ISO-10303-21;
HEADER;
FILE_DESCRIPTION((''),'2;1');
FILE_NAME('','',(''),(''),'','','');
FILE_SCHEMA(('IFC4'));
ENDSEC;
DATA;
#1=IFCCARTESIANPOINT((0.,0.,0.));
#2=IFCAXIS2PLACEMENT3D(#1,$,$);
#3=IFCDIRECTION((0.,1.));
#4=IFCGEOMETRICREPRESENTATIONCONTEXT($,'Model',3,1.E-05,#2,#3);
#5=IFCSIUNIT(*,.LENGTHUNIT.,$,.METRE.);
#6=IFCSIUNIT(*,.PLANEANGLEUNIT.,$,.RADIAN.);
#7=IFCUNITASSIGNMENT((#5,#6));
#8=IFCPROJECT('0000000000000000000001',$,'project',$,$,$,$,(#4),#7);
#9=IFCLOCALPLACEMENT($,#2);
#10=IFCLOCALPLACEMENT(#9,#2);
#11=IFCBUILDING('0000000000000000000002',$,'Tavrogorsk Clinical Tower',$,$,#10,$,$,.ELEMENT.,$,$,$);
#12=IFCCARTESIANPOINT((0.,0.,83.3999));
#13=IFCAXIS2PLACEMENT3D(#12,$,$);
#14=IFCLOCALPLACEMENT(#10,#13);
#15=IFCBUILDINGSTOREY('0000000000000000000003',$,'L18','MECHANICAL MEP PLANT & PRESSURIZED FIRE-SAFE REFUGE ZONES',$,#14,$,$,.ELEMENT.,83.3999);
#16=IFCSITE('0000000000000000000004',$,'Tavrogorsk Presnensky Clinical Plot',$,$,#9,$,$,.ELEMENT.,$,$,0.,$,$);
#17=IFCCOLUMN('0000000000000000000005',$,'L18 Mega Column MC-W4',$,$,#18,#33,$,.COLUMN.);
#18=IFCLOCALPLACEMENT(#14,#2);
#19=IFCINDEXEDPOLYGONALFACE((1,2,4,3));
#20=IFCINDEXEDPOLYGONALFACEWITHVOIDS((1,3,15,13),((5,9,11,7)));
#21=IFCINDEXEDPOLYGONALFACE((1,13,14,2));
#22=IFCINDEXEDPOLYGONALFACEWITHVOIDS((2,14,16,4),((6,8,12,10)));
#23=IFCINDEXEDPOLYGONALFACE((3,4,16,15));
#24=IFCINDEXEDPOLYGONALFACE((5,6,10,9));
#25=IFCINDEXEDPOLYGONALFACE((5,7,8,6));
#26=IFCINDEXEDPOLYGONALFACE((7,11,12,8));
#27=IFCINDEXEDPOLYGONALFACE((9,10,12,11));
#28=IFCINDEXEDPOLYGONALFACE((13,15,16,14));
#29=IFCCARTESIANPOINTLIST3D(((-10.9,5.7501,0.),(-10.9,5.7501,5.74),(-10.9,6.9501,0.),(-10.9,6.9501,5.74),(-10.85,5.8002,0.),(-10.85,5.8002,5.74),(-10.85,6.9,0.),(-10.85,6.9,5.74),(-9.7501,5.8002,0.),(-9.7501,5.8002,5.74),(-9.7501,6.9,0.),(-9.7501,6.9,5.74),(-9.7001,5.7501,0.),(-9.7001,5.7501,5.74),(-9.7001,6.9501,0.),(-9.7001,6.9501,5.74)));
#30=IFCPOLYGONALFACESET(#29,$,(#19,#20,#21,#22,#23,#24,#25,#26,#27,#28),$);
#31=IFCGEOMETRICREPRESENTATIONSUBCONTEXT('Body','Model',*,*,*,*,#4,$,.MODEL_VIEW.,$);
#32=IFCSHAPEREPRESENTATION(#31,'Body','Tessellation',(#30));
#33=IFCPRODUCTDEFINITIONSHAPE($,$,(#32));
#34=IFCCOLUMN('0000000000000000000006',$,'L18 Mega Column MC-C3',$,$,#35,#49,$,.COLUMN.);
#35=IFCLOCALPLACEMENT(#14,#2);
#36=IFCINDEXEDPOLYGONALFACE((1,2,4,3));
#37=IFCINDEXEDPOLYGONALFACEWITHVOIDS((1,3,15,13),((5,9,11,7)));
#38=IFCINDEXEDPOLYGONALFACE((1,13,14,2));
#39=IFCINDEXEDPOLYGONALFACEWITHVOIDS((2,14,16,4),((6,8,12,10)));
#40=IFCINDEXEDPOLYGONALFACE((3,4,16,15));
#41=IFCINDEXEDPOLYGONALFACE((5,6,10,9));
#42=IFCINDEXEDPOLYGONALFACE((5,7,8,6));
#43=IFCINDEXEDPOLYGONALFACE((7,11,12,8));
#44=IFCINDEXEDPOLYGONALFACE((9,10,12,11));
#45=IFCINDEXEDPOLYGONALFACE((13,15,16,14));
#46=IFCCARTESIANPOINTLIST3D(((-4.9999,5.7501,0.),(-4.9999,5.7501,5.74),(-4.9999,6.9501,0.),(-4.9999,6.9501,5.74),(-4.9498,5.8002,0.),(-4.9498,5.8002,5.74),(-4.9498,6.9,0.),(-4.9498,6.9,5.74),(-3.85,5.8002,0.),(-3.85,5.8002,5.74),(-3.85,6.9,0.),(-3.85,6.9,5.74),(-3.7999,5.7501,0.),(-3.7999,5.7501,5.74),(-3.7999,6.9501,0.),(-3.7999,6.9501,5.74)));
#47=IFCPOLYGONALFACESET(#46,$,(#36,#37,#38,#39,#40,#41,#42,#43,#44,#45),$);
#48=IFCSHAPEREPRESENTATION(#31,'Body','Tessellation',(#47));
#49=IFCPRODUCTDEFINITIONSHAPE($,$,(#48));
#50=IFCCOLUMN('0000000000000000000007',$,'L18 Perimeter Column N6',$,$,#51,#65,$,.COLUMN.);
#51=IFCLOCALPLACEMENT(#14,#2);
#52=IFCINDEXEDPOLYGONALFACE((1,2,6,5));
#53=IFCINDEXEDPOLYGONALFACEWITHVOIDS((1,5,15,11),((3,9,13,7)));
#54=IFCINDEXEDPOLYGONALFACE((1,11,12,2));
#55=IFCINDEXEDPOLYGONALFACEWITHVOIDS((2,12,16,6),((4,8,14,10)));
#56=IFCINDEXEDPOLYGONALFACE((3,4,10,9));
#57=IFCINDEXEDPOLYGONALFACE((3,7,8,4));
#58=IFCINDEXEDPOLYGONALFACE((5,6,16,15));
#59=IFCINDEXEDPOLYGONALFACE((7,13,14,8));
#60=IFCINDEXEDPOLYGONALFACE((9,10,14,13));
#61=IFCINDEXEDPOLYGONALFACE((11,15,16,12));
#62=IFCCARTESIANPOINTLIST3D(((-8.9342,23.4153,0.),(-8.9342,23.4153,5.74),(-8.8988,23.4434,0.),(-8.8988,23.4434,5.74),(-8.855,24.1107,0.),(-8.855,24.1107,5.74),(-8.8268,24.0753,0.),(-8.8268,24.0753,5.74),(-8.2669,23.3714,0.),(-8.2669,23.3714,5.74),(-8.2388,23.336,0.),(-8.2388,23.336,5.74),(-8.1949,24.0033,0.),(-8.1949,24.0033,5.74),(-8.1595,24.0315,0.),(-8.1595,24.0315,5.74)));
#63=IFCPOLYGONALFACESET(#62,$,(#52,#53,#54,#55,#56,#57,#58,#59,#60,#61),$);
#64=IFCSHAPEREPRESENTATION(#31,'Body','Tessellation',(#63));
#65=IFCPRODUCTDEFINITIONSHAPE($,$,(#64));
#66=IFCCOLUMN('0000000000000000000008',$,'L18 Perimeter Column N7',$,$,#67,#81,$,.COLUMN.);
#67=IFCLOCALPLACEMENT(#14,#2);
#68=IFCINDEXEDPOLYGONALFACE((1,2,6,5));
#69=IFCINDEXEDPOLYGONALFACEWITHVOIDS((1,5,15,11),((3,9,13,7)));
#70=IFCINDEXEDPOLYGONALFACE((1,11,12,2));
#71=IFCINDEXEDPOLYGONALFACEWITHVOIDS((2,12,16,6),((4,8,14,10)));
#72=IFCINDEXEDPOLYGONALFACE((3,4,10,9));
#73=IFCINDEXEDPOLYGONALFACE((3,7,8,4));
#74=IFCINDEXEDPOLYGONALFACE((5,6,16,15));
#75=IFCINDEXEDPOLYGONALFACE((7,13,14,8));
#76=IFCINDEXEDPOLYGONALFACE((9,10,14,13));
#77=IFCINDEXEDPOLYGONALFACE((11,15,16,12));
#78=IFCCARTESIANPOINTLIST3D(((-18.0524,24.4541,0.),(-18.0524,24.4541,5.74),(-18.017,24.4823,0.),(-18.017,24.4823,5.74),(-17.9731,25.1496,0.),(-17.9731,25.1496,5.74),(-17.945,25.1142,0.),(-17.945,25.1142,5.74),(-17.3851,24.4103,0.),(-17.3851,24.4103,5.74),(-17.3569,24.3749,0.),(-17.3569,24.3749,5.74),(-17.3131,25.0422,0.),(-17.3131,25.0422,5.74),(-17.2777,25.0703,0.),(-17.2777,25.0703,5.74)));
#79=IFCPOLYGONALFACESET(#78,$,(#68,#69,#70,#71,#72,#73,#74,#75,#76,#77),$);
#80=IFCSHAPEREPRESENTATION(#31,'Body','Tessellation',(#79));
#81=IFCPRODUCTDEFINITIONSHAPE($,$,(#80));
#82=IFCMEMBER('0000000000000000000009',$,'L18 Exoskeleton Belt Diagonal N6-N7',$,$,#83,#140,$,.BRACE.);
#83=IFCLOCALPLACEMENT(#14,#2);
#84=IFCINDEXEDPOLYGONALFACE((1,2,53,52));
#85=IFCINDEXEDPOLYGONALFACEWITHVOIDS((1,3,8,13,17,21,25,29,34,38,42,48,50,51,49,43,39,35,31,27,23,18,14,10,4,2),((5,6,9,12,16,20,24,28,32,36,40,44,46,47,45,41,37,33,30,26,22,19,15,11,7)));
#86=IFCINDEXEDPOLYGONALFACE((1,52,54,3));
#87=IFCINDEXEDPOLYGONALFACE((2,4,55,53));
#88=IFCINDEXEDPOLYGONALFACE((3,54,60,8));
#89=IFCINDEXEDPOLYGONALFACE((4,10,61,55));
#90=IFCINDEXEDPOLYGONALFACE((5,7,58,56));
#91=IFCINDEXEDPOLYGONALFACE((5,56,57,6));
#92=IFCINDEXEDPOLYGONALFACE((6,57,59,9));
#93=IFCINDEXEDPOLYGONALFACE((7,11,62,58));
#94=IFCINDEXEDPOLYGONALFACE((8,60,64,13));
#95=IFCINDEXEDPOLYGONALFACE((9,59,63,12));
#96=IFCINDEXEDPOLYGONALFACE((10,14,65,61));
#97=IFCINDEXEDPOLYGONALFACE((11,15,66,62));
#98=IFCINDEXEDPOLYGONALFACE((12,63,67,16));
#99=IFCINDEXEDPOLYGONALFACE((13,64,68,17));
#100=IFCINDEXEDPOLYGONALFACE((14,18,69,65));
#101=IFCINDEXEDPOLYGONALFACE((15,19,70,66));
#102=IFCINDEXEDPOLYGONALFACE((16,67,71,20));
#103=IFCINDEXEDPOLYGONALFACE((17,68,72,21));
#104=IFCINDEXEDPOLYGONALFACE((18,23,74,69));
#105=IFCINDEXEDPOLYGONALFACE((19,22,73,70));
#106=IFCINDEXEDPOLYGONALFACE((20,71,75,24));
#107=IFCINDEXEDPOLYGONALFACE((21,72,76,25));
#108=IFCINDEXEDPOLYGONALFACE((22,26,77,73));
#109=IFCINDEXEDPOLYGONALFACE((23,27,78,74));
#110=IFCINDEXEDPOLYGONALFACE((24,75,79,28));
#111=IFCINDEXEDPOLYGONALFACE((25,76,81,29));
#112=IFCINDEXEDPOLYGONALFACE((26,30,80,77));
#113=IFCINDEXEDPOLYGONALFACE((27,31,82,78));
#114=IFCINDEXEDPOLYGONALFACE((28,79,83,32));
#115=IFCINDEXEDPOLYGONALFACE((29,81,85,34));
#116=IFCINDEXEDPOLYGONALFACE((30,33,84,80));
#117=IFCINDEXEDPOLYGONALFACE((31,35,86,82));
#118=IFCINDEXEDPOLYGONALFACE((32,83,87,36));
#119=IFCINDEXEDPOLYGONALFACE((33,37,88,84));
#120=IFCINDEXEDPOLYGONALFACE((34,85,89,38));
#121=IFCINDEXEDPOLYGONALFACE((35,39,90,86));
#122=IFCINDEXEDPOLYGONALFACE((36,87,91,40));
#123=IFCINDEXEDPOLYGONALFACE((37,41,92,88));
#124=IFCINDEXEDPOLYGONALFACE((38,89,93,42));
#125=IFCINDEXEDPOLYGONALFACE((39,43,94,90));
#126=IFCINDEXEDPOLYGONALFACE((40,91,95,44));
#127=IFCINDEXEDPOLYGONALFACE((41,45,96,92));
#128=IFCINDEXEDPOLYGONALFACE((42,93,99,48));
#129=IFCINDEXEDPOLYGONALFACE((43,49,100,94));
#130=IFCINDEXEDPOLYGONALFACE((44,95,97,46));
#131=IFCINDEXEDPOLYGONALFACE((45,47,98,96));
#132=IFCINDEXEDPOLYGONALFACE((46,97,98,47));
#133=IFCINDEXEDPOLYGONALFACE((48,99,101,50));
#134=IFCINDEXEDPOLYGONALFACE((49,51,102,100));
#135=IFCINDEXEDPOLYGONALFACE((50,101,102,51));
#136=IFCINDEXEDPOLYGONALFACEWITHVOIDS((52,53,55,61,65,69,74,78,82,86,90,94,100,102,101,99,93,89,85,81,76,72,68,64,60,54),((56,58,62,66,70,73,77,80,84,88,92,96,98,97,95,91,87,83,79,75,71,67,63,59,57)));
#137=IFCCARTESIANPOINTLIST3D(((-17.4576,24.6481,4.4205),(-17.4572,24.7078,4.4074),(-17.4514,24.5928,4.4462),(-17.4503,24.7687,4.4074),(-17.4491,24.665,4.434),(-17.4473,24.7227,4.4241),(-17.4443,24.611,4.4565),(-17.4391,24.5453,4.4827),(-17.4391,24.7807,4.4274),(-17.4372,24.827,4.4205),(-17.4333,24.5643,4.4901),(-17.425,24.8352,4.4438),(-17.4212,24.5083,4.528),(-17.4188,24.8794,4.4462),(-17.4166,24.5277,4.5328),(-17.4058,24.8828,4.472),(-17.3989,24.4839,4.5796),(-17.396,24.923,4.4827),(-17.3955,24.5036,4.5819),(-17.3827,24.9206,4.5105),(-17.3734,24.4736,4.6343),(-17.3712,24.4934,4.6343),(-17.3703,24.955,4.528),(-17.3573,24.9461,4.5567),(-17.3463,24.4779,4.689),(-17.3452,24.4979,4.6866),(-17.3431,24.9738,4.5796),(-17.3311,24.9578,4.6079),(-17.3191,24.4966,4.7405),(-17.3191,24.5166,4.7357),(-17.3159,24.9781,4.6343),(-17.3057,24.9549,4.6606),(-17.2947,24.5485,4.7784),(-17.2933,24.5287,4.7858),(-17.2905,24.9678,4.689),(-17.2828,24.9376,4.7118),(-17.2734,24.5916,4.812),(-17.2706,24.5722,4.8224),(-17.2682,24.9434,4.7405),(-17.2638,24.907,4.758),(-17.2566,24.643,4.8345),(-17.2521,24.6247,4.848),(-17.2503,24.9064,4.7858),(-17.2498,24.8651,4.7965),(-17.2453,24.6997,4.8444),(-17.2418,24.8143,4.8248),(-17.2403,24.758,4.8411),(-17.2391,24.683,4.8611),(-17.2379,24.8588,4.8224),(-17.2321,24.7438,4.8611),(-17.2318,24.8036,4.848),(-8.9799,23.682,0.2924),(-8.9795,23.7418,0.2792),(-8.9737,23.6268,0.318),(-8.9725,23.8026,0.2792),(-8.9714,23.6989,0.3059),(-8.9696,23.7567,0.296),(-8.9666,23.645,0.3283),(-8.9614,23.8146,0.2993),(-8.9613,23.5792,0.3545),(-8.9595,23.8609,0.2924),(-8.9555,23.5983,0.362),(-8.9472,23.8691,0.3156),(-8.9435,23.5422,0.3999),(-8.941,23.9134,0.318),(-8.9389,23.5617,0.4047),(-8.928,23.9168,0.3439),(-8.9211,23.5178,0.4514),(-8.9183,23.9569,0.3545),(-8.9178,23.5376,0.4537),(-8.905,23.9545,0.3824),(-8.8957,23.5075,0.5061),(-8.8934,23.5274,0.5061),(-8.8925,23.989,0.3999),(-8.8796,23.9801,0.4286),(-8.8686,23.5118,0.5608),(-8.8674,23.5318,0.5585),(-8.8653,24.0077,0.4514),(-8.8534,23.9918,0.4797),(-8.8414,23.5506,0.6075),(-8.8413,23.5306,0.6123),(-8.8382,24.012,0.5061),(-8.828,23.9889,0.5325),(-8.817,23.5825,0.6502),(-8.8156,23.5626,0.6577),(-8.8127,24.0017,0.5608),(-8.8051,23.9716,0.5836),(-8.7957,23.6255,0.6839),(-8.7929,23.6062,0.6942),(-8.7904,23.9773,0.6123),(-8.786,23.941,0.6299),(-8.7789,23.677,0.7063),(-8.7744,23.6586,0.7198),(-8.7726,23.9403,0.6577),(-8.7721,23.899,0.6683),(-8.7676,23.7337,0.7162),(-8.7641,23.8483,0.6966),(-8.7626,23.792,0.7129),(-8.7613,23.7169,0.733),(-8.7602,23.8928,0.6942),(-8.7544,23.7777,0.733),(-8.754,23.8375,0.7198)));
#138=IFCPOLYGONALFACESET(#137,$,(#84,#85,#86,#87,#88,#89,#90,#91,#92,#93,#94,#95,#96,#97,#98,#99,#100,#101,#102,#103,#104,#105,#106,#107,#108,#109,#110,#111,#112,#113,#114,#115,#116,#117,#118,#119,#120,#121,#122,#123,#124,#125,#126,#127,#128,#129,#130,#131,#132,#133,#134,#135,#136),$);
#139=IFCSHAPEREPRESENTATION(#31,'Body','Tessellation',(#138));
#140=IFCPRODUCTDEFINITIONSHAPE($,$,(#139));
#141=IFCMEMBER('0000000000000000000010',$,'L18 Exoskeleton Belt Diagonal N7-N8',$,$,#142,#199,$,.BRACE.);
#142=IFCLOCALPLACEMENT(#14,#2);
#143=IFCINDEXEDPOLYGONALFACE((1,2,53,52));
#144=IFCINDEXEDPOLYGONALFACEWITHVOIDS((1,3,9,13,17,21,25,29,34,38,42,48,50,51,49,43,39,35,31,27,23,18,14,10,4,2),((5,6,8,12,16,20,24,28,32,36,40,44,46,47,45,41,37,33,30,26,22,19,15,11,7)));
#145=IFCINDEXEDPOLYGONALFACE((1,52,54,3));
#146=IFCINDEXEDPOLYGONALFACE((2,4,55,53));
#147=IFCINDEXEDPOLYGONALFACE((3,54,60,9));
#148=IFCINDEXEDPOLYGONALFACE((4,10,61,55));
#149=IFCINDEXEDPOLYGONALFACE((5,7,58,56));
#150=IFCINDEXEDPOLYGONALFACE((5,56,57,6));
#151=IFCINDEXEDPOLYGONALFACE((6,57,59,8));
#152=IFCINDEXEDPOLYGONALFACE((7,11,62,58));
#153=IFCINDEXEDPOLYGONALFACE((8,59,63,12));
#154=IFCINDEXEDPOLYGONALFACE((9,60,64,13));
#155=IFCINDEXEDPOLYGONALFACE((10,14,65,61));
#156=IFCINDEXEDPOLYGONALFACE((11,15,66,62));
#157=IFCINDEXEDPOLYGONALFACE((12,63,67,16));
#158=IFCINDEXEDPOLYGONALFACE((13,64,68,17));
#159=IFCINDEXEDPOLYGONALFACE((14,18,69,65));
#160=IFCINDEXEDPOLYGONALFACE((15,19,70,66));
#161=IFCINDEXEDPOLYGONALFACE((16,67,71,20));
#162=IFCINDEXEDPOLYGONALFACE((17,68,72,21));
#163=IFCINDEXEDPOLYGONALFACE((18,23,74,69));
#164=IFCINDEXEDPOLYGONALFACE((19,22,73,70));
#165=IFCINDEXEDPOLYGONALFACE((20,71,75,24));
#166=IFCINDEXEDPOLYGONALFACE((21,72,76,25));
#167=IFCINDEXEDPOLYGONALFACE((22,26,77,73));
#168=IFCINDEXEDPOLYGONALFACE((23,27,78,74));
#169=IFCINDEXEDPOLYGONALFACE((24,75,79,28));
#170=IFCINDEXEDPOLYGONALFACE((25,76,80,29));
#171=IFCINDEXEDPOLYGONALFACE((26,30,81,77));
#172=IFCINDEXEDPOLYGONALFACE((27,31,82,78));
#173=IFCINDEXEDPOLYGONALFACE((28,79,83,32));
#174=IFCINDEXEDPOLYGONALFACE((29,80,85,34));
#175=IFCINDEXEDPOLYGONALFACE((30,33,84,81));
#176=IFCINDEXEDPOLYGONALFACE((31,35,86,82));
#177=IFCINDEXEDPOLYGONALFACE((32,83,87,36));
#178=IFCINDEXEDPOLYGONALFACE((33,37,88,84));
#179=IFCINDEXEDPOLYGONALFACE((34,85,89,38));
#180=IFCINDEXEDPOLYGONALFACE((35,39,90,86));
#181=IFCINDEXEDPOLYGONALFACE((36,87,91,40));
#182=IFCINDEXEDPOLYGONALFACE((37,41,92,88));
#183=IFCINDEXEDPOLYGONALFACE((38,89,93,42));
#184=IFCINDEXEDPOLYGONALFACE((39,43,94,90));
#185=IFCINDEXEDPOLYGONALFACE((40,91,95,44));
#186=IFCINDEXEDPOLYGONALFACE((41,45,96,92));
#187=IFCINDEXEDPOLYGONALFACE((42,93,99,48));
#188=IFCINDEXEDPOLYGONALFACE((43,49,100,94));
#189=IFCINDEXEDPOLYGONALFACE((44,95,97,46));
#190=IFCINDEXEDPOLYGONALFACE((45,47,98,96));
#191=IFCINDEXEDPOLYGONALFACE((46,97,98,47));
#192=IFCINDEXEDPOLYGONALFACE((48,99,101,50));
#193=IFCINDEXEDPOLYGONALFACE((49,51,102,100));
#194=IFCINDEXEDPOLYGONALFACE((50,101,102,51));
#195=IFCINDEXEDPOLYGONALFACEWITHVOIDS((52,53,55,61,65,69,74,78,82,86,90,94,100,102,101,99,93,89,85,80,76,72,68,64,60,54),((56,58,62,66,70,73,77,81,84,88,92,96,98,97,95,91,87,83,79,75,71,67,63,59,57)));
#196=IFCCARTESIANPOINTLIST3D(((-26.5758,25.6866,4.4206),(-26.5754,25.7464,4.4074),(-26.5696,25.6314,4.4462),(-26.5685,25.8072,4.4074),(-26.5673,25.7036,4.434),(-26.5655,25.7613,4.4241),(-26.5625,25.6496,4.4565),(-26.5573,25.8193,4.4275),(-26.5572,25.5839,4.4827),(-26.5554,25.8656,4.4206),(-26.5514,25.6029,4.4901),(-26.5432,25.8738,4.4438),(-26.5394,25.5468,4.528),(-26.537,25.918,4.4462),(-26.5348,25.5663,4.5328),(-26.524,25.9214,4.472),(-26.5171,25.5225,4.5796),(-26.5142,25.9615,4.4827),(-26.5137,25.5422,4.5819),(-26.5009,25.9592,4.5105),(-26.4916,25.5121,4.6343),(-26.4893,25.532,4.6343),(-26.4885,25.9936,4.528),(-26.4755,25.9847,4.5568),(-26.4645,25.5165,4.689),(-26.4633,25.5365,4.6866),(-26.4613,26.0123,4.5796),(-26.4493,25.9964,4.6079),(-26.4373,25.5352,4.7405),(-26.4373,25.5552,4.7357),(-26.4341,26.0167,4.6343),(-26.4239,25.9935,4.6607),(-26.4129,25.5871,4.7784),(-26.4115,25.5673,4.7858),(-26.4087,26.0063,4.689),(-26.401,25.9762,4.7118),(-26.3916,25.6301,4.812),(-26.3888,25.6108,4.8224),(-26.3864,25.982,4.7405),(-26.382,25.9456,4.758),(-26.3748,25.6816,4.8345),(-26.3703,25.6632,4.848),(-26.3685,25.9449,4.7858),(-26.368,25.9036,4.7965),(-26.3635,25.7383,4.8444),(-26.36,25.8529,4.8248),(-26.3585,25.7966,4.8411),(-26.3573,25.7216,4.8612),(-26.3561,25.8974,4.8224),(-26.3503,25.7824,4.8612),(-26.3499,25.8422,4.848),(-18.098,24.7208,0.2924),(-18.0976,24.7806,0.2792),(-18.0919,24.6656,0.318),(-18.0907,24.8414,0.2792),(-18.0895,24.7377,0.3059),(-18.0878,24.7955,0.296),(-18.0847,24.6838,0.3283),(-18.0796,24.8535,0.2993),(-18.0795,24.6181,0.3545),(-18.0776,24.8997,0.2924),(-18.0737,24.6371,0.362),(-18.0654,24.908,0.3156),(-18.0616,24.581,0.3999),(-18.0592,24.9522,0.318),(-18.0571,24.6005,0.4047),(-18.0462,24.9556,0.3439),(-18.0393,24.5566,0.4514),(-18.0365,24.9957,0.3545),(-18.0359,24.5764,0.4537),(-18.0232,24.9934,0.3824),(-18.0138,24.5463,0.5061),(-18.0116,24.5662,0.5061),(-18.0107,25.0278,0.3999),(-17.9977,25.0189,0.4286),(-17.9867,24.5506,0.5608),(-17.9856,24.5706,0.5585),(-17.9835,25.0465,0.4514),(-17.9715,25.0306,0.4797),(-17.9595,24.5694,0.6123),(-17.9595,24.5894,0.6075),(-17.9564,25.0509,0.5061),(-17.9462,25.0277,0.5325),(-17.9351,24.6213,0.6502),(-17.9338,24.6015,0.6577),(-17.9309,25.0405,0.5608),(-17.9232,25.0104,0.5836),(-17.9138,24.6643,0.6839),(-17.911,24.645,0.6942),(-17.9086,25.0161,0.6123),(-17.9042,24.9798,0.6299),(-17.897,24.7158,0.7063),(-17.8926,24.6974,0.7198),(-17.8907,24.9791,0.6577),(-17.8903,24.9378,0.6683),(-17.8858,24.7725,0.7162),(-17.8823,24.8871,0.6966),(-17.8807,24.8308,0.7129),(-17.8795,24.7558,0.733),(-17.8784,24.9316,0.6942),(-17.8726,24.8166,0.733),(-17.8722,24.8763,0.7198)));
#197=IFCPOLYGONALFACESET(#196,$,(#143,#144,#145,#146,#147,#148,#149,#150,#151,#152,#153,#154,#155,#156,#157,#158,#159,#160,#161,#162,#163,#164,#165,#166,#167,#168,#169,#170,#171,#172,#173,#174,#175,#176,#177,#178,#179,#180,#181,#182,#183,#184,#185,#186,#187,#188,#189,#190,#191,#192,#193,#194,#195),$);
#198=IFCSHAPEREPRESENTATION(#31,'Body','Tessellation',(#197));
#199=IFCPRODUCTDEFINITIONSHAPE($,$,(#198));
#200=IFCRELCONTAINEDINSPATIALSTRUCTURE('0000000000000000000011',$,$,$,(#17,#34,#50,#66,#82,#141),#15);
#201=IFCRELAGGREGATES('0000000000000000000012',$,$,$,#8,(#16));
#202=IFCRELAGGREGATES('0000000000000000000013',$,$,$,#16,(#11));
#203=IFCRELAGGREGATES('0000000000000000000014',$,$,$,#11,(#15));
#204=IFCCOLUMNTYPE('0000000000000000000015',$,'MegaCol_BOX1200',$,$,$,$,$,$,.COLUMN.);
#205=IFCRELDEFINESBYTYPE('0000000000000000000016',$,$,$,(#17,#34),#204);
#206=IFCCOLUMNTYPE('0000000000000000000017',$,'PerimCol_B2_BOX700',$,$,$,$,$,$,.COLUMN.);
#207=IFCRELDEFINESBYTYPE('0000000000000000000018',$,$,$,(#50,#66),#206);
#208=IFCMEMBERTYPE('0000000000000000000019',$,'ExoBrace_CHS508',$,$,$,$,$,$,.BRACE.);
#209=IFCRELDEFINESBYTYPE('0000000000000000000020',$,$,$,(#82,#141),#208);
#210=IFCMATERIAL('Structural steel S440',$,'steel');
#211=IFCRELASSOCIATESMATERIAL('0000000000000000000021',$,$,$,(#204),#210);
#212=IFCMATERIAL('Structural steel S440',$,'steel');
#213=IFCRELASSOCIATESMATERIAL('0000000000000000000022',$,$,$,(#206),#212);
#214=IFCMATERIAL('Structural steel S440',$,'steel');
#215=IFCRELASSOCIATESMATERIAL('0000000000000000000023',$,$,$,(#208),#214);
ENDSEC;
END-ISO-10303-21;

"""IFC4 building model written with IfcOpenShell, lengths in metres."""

from ifc_helpers import new_model, si_unit, direction, frame, origin, origin_2d, place, context, subcontext, project, spatial, hollow_rectangle, hollow_circle, extrude, material, material_profile, profile_set, type_object, element, save


model = new_model("IFC4")

# Units and contexts
model_context = context("Model", 3, precision=1e-05, world=origin(), true_north=direction((0.0, 1.0)))
body_context = subcontext(model_context, "Body", "Model", "MODEL_VIEW")
ifc_project = project(units=[si_unit("LENGTHUNIT", "METRE"), si_unit("PLANEANGLEUNIT", "RADIAN")], contexts=[model_context])

# Site, building, storey
site_placement = place(None, origin())
site = spatial("IfcSite", under=ifc_project, at=site_placement, Name="Tavrogorsk Presnensky Clinical Plot", CompositionType="ELEMENT", RefElevation=0.0)
building_placement = place(site_placement, origin())
building = spatial("IfcBuilding", under=site, at=building_placement, Name="Tavrogorsk Clinical Tower", CompositionType="ELEMENT")
storey_placement = place(building_placement, frame((0.0, 0.0, 83.3999)))
storey = spatial("IfcBuildingStorey", under=building, at=storey_placement, Name="L18", Description="MECHANICAL MEP PLANT & PRESSURIZED FIRE-SAFE REFUGE ZONES", CompositionType="ELEMENT", Elevation=83.3999)

# Columns
ifc_material_1 = material(Name="Structural steel S440", Category="steel")
ifc_material_profile_1 = material_profile(ifc_material_1, hollow_rectangle(XDim=1.2, YDim=1.2, WallThickness=0.05, at=origin_2d()), Name="BOX-1200x1200x50")
ifc_profile_set_1 = profile_set([ifc_material_profile_1], Name="Structural steel S440")
column_type_1 = type_object("IfcColumnType", Name="MegaCol_BOX1200", PredefinedType="COLUMN", material=ifc_profile_set_1)
for number, where, z_axis, x_axis, name in (
    (1, (-10.3, 6.3501, 0.0), (0.0, 0.0, 1.0), (1.0, 0.0, 0.0), "L18 Mega Column MC-W4"),
    (2, (-4.3999, 6.3501, 0.0), (0.0, 0.0, 1.0), (1.0, 0.0, 0.0), "L18 Mega Column MC-C3"),
):
    element("IfcColumn", number, at=place(storey_placement, frame(where, z_axis=z_axis, x_axis=x_axis)), inside=storey, type_object=column_type_1, Name=name, PredefinedType="COLUMN", context=body_context, shape_type="SweptSolid", body=[
        extrude(hollow_rectangle(XDim=1.2, YDim=1.2, WallThickness=0.05, at=origin_2d()), origin(), (0.0, 0.0, 1.0), 5.74),
    ])
ifc_material_2 = material(Name="Structural steel S440", Category="steel")
ifc_material_profile_2 = material_profile(ifc_material_2, hollow_rectangle(XDim=0.7, YDim=0.7, WallThickness=0.032, at=origin_2d()), Name="BOX-700x700x32")
ifc_profile_set_2 = profile_set([ifc_material_profile_2], Name="Structural steel S440")
column_type_2 = type_object("IfcColumnType", Name="PerimCol_B2_BOX700", PredefinedType="COLUMN", material=ifc_profile_set_2)
for number, where, z_axis, x_axis, name in (
    (3, (-8.5469, 23.7234, 0.0), (0.0, 0.0, 1.0), (0.993572, -0.113203, 0.0), "L18 Perimeter Column N6"),
    (4, (-17.665, 24.7622, 0.0), (0.0, 0.0, 1.0), (0.993572, -0.113203, 0.0), "L18 Perimeter Column N7"),
):
    element("IfcColumn", number, at=place(storey_placement, frame(where, z_axis=z_axis, x_axis=x_axis)), inside=storey, type_object=column_type_2, Name=name, PredefinedType="COLUMN", context=body_context, shape_type="SweptSolid", body=[
        extrude(hollow_rectangle(XDim=0.7, YDim=0.7, WallThickness=0.032, at=origin_2d()), origin(), (0.0, 0.0, 1.0), 5.74),
    ])

# Members
ifc_material_3 = material(Name="Structural steel S440", Category="steel")
ifc_material_profile_3 = material_profile(ifc_material_3, hollow_circle(Radius=0.2539, WallThickness=0.02, at=origin_2d()), Name="CHS-508x20")
ifc_profile_set_3 = profile_set([ifc_material_profile_3], Name="Structural steel S440")
member_type_1 = type_object("IfcMemberType", Name="ExoBrace_CHS508", PredefinedType="BRACE", material=ifc_profile_set_3)
for number, where, z_axis, x_axis, name in (
    (5, (-8.8669, 23.7598, 0.5061), (-0.894393, 0.101918, 0.435516), (-0.11322, -0.99357, 0.0), "L18 Exoskeleton Belt Diagonal N6-N7"),
    (6, (-17.9851, 24.7986, 0.5061), (-0.894395, 0.101893, 0.435517), (-0.113192, -0.993573, 0.0), "L18 Exoskeleton Belt Diagonal N7-N8"),
):
    element("IfcMember", number, at=place(storey_placement, frame(where, z_axis=z_axis, x_axis=x_axis)), inside=storey, type_object=member_type_1, Name=name, PredefinedType="BRACE", context=body_context, shape_type="SweptSolid", body=[
        extrude(hollow_circle(Radius=0.2539, WallThickness=0.02, at=origin_2d()), origin(), (0.0, 0.0, 1.0), 9.4788),
    ])

save(model, "model.ifc")
